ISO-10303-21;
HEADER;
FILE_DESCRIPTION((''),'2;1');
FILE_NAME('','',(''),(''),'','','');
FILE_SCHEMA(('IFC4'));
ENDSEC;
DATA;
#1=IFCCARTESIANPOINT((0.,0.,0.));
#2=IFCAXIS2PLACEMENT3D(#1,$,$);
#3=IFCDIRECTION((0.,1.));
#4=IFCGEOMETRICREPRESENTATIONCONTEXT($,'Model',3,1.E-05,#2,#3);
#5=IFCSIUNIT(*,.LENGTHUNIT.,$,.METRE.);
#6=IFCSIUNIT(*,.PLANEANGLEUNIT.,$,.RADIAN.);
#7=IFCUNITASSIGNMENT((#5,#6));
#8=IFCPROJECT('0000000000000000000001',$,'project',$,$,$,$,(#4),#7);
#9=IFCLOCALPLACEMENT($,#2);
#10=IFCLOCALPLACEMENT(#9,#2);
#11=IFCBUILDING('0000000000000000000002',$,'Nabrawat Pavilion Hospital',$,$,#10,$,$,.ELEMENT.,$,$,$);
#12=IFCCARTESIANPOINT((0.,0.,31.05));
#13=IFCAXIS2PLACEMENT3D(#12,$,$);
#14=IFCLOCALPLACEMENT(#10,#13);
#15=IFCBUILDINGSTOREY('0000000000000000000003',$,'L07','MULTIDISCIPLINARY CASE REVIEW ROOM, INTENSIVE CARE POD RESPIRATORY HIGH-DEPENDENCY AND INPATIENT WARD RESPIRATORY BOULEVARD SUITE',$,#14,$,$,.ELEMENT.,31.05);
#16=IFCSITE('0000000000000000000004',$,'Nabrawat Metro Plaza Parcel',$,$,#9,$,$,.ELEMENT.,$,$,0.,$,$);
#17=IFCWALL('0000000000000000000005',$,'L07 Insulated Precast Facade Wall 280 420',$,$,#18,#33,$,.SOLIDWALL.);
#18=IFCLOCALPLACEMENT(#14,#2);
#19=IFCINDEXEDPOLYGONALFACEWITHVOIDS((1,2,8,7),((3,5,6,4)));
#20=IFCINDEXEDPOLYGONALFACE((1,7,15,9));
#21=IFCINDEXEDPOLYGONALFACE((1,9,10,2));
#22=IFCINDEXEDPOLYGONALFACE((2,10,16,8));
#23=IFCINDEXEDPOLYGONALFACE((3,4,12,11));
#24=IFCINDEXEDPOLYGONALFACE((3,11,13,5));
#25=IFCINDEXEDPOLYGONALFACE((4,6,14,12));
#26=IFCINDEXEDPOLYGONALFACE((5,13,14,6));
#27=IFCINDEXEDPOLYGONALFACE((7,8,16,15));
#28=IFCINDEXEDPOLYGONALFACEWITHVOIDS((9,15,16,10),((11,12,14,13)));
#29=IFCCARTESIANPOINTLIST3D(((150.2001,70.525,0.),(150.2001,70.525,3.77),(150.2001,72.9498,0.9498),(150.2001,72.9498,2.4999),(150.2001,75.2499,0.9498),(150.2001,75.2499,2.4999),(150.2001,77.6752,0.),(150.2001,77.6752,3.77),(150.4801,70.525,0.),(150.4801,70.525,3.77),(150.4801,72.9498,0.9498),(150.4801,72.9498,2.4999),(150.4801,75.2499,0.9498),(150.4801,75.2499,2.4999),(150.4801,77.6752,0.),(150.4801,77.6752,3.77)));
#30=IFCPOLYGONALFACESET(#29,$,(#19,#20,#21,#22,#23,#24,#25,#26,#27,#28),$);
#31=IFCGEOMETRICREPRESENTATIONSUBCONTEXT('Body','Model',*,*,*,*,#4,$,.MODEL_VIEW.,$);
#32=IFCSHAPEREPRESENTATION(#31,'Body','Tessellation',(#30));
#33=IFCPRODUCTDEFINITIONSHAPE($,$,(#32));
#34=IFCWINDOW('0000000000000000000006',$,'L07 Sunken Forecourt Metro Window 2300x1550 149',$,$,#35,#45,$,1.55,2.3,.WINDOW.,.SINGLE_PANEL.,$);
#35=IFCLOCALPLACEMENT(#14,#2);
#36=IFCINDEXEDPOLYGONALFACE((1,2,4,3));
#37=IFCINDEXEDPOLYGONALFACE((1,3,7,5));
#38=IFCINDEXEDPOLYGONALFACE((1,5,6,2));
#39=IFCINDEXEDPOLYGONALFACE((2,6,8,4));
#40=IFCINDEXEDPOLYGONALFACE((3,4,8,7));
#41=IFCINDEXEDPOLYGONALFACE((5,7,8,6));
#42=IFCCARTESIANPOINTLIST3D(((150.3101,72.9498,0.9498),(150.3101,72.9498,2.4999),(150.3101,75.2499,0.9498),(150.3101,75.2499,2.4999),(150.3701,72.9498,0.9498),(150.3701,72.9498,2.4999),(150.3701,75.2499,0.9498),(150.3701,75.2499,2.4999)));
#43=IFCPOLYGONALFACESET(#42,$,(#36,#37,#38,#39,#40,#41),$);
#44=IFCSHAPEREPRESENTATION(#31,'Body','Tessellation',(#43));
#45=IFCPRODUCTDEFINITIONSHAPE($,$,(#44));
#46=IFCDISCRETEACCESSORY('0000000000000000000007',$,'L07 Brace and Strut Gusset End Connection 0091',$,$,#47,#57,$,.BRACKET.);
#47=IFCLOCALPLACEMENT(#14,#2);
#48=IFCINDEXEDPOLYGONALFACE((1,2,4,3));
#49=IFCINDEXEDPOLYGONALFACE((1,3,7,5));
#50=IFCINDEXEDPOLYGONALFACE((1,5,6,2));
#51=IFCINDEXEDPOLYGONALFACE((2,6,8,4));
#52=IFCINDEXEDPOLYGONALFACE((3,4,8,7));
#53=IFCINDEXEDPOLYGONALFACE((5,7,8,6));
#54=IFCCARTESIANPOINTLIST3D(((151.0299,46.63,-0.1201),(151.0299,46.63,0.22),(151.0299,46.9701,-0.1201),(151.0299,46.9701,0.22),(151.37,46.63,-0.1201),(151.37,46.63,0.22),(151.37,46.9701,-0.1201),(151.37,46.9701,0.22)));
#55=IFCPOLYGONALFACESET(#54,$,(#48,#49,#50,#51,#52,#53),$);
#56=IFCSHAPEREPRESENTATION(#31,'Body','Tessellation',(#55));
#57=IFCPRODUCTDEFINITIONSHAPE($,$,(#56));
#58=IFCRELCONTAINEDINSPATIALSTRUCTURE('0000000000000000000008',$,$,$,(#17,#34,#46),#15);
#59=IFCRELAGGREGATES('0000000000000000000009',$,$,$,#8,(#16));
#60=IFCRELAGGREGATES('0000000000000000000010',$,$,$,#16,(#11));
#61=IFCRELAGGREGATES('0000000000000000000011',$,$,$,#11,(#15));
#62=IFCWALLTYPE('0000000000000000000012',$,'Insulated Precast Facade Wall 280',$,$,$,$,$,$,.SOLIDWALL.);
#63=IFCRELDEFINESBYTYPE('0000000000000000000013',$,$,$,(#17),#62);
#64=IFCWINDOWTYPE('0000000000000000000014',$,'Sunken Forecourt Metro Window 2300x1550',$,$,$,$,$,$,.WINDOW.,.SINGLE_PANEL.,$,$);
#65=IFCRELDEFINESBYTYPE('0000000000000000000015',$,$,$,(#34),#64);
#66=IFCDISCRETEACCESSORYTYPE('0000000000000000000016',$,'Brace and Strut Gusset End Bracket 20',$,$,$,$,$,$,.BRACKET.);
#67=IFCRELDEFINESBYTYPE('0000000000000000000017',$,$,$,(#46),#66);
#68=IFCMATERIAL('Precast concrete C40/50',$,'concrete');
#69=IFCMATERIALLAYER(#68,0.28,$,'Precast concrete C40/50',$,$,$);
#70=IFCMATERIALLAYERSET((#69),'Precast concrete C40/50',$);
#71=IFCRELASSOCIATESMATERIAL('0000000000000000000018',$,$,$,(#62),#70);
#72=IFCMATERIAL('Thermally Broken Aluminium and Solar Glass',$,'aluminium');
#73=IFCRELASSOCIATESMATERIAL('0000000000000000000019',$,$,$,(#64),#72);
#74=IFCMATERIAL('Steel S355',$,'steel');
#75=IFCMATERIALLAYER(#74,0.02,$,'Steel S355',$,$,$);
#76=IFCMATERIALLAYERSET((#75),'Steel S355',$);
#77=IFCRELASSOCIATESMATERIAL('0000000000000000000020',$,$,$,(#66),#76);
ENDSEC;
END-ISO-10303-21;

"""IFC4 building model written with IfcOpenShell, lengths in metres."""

from ifc_helpers import new_model, si_unit, direction, frame, frame_2d, origin, origin_2d, place, context, subcontext, project, spatial, rectangle, extrude, material, layer, layer_set, type_object, element, fill, save


model = new_model("IFC4")

# Units and contexts
model_context = context("Model", 3, precision=1e-05, world=origin(), true_north=direction((0.0, 1.0)))
body_context = subcontext(model_context, "Body", "Model", "MODEL_VIEW")
ifc_project = project(units=[si_unit("LENGTHUNIT", "METRE"), si_unit("PLANEANGLEUNIT", "RADIAN")], contexts=[model_context])

# Site, building, storey
site_placement = place(None, origin())
site = spatial("IfcSite", under=ifc_project, at=site_placement, Name="Nabrawat Metro Plaza Parcel", CompositionType="ELEMENT", RefElevation=0.0)
building_placement = place(site_placement, origin())
building = spatial("IfcBuilding", under=site, at=building_placement, Name="Nabrawat Pavilion Hospital", CompositionType="ELEMENT")
storey_placement = place(building_placement, frame((0.0, 0.0, 31.05)))
storey = spatial("IfcBuildingStorey", under=building, at=storey_placement, Name="L07", Description="MULTIDISCIPLINARY CASE REVIEW ROOM, INTENSIVE CARE POD RESPIRATORY HIGH-DEPENDENCY AND INPATIENT WARD RESPIRATORY BOULEVARD SUITE", CompositionType="ELEMENT", Elevation=31.05)

# Shared definitions
ifc_material_1 = material(Name="Steel S355", Category="steel")

# Shared definitions
ifc_material_2 = material(Name="Precast concrete C40/50", Category="concrete")
ifc_layer_1 = layer(ifc_material_2, 0.28, Name="Precast concrete C40/50")
ifc_layer_set_1 = layer_set([ifc_layer_1], Name="Precast concrete C40/50")
wall_type = type_object("IfcWallType", Name="Insulated Precast Facade Wall 280", PredefinedType="SOLIDWALL", material=ifc_layer_set_1)

# Wall, opening, window
wall_1_placement = place(storey_placement, frame((150.3401, 70.5249, 0.0), z_axis=(0.0, 0.0, 1.0), x_axis=(0.0, 1.0, 0.0)))
wall_1 = element("IfcWall", 1, at=wall_1_placement, inside=storey, type_object=wall_type, Name="L07 Insulated Precast Facade Wall 280 420", PredefinedType="SOLIDWALL", context=body_context, shape_type="SweptSolid", body=[
    extrude(rectangle(XDim=7.1501, YDim=0.28, at=frame_2d((3.5752, 0.0))), origin(), (0.0, 0.0, 1.0), 3.77),
])
opening_1_placement = place(wall_1_placement, frame((2.425, 0.0, 0.95)))
opening_1 = element("IfcOpeningElement", 2, at=opening_1_placement, cuts=wall_1, PredefinedType="OPENING", context=body_context, shape_type="SweptSolid", body=[
    extrude(rectangle(XDim=2.3, YDim=1.55, at=frame_2d((1.1499, 0.7749))), frame((0.0, 0.1499, 0.0), z_axis=(0.0, -1.0, 0.0), x_axis=(1.0, 0.0, 0.0)), (0.0, 0.0, 1.0), 0.3),
])
ifc_material_3 = material(Name="Thermally Broken Aluminium and Solar Glass", Category="aluminium")
window_type = type_object("IfcWindowType", Name="Sunken Forecourt Metro Window 2300x1550", PartitioningType="SINGLE_PANEL", PredefinedType="WINDOW", material=ifc_material_3)
window_placement = place(opening_1_placement, origin())
window = element("IfcWindow", 3, at=window_placement, inside=storey, type_object=window_type, Name="L07 Sunken Forecourt Metro Window 2300x1550 149", OverallHeight=1.55, OverallWidth=2.3, PartitioningType="SINGLE_PANEL", PredefinedType="WINDOW", context=body_context, shape_type="SweptSolid", body=[
    extrude(rectangle(XDim=2.3, YDim=1.55, at=frame_2d((1.1499, 0.7749))), frame((0.0, 0.03, 0.0), z_axis=(0.0, -1.0, 0.0), x_axis=(1.0, 0.0, 0.0)), (0.0, 0.0, 1.0), 0.0601),
])
fill(opening_1, window)

# Discrete accessory
ifc_layer_2 = layer(ifc_material_1, 0.02, Name="Steel S355")
ifc_layer_set_2 = layer_set([ifc_layer_2], Name="Steel S355")
discrete_accessory_type = type_object("IfcDiscreteAccessoryType", Name="Brace and Strut Gusset End Bracket 20", PredefinedType="BRACKET", material=ifc_layer_set_2)
discrete_accessory_placement = place(storey_placement, frame((151.2, 46.8, -0.1201), z_axis=(0.0, 0.0, 1.0), x_axis=(1.0, 0.0, 0.0)))
element("IfcDiscreteAccessory", 4, at=discrete_accessory_placement, inside=storey, type_object=discrete_accessory_type, Name="L07 Brace and Strut Gusset End Connection 0091", PredefinedType="BRACKET", context=body_context, shape_type="SweptSolid", body=[
    extrude(rectangle(XDim=0.3401, YDim=0.3401, at=origin_2d()), origin(), (0.0, 0.0, 1.0), 0.3401),
])

save(model, "model.ifc")
